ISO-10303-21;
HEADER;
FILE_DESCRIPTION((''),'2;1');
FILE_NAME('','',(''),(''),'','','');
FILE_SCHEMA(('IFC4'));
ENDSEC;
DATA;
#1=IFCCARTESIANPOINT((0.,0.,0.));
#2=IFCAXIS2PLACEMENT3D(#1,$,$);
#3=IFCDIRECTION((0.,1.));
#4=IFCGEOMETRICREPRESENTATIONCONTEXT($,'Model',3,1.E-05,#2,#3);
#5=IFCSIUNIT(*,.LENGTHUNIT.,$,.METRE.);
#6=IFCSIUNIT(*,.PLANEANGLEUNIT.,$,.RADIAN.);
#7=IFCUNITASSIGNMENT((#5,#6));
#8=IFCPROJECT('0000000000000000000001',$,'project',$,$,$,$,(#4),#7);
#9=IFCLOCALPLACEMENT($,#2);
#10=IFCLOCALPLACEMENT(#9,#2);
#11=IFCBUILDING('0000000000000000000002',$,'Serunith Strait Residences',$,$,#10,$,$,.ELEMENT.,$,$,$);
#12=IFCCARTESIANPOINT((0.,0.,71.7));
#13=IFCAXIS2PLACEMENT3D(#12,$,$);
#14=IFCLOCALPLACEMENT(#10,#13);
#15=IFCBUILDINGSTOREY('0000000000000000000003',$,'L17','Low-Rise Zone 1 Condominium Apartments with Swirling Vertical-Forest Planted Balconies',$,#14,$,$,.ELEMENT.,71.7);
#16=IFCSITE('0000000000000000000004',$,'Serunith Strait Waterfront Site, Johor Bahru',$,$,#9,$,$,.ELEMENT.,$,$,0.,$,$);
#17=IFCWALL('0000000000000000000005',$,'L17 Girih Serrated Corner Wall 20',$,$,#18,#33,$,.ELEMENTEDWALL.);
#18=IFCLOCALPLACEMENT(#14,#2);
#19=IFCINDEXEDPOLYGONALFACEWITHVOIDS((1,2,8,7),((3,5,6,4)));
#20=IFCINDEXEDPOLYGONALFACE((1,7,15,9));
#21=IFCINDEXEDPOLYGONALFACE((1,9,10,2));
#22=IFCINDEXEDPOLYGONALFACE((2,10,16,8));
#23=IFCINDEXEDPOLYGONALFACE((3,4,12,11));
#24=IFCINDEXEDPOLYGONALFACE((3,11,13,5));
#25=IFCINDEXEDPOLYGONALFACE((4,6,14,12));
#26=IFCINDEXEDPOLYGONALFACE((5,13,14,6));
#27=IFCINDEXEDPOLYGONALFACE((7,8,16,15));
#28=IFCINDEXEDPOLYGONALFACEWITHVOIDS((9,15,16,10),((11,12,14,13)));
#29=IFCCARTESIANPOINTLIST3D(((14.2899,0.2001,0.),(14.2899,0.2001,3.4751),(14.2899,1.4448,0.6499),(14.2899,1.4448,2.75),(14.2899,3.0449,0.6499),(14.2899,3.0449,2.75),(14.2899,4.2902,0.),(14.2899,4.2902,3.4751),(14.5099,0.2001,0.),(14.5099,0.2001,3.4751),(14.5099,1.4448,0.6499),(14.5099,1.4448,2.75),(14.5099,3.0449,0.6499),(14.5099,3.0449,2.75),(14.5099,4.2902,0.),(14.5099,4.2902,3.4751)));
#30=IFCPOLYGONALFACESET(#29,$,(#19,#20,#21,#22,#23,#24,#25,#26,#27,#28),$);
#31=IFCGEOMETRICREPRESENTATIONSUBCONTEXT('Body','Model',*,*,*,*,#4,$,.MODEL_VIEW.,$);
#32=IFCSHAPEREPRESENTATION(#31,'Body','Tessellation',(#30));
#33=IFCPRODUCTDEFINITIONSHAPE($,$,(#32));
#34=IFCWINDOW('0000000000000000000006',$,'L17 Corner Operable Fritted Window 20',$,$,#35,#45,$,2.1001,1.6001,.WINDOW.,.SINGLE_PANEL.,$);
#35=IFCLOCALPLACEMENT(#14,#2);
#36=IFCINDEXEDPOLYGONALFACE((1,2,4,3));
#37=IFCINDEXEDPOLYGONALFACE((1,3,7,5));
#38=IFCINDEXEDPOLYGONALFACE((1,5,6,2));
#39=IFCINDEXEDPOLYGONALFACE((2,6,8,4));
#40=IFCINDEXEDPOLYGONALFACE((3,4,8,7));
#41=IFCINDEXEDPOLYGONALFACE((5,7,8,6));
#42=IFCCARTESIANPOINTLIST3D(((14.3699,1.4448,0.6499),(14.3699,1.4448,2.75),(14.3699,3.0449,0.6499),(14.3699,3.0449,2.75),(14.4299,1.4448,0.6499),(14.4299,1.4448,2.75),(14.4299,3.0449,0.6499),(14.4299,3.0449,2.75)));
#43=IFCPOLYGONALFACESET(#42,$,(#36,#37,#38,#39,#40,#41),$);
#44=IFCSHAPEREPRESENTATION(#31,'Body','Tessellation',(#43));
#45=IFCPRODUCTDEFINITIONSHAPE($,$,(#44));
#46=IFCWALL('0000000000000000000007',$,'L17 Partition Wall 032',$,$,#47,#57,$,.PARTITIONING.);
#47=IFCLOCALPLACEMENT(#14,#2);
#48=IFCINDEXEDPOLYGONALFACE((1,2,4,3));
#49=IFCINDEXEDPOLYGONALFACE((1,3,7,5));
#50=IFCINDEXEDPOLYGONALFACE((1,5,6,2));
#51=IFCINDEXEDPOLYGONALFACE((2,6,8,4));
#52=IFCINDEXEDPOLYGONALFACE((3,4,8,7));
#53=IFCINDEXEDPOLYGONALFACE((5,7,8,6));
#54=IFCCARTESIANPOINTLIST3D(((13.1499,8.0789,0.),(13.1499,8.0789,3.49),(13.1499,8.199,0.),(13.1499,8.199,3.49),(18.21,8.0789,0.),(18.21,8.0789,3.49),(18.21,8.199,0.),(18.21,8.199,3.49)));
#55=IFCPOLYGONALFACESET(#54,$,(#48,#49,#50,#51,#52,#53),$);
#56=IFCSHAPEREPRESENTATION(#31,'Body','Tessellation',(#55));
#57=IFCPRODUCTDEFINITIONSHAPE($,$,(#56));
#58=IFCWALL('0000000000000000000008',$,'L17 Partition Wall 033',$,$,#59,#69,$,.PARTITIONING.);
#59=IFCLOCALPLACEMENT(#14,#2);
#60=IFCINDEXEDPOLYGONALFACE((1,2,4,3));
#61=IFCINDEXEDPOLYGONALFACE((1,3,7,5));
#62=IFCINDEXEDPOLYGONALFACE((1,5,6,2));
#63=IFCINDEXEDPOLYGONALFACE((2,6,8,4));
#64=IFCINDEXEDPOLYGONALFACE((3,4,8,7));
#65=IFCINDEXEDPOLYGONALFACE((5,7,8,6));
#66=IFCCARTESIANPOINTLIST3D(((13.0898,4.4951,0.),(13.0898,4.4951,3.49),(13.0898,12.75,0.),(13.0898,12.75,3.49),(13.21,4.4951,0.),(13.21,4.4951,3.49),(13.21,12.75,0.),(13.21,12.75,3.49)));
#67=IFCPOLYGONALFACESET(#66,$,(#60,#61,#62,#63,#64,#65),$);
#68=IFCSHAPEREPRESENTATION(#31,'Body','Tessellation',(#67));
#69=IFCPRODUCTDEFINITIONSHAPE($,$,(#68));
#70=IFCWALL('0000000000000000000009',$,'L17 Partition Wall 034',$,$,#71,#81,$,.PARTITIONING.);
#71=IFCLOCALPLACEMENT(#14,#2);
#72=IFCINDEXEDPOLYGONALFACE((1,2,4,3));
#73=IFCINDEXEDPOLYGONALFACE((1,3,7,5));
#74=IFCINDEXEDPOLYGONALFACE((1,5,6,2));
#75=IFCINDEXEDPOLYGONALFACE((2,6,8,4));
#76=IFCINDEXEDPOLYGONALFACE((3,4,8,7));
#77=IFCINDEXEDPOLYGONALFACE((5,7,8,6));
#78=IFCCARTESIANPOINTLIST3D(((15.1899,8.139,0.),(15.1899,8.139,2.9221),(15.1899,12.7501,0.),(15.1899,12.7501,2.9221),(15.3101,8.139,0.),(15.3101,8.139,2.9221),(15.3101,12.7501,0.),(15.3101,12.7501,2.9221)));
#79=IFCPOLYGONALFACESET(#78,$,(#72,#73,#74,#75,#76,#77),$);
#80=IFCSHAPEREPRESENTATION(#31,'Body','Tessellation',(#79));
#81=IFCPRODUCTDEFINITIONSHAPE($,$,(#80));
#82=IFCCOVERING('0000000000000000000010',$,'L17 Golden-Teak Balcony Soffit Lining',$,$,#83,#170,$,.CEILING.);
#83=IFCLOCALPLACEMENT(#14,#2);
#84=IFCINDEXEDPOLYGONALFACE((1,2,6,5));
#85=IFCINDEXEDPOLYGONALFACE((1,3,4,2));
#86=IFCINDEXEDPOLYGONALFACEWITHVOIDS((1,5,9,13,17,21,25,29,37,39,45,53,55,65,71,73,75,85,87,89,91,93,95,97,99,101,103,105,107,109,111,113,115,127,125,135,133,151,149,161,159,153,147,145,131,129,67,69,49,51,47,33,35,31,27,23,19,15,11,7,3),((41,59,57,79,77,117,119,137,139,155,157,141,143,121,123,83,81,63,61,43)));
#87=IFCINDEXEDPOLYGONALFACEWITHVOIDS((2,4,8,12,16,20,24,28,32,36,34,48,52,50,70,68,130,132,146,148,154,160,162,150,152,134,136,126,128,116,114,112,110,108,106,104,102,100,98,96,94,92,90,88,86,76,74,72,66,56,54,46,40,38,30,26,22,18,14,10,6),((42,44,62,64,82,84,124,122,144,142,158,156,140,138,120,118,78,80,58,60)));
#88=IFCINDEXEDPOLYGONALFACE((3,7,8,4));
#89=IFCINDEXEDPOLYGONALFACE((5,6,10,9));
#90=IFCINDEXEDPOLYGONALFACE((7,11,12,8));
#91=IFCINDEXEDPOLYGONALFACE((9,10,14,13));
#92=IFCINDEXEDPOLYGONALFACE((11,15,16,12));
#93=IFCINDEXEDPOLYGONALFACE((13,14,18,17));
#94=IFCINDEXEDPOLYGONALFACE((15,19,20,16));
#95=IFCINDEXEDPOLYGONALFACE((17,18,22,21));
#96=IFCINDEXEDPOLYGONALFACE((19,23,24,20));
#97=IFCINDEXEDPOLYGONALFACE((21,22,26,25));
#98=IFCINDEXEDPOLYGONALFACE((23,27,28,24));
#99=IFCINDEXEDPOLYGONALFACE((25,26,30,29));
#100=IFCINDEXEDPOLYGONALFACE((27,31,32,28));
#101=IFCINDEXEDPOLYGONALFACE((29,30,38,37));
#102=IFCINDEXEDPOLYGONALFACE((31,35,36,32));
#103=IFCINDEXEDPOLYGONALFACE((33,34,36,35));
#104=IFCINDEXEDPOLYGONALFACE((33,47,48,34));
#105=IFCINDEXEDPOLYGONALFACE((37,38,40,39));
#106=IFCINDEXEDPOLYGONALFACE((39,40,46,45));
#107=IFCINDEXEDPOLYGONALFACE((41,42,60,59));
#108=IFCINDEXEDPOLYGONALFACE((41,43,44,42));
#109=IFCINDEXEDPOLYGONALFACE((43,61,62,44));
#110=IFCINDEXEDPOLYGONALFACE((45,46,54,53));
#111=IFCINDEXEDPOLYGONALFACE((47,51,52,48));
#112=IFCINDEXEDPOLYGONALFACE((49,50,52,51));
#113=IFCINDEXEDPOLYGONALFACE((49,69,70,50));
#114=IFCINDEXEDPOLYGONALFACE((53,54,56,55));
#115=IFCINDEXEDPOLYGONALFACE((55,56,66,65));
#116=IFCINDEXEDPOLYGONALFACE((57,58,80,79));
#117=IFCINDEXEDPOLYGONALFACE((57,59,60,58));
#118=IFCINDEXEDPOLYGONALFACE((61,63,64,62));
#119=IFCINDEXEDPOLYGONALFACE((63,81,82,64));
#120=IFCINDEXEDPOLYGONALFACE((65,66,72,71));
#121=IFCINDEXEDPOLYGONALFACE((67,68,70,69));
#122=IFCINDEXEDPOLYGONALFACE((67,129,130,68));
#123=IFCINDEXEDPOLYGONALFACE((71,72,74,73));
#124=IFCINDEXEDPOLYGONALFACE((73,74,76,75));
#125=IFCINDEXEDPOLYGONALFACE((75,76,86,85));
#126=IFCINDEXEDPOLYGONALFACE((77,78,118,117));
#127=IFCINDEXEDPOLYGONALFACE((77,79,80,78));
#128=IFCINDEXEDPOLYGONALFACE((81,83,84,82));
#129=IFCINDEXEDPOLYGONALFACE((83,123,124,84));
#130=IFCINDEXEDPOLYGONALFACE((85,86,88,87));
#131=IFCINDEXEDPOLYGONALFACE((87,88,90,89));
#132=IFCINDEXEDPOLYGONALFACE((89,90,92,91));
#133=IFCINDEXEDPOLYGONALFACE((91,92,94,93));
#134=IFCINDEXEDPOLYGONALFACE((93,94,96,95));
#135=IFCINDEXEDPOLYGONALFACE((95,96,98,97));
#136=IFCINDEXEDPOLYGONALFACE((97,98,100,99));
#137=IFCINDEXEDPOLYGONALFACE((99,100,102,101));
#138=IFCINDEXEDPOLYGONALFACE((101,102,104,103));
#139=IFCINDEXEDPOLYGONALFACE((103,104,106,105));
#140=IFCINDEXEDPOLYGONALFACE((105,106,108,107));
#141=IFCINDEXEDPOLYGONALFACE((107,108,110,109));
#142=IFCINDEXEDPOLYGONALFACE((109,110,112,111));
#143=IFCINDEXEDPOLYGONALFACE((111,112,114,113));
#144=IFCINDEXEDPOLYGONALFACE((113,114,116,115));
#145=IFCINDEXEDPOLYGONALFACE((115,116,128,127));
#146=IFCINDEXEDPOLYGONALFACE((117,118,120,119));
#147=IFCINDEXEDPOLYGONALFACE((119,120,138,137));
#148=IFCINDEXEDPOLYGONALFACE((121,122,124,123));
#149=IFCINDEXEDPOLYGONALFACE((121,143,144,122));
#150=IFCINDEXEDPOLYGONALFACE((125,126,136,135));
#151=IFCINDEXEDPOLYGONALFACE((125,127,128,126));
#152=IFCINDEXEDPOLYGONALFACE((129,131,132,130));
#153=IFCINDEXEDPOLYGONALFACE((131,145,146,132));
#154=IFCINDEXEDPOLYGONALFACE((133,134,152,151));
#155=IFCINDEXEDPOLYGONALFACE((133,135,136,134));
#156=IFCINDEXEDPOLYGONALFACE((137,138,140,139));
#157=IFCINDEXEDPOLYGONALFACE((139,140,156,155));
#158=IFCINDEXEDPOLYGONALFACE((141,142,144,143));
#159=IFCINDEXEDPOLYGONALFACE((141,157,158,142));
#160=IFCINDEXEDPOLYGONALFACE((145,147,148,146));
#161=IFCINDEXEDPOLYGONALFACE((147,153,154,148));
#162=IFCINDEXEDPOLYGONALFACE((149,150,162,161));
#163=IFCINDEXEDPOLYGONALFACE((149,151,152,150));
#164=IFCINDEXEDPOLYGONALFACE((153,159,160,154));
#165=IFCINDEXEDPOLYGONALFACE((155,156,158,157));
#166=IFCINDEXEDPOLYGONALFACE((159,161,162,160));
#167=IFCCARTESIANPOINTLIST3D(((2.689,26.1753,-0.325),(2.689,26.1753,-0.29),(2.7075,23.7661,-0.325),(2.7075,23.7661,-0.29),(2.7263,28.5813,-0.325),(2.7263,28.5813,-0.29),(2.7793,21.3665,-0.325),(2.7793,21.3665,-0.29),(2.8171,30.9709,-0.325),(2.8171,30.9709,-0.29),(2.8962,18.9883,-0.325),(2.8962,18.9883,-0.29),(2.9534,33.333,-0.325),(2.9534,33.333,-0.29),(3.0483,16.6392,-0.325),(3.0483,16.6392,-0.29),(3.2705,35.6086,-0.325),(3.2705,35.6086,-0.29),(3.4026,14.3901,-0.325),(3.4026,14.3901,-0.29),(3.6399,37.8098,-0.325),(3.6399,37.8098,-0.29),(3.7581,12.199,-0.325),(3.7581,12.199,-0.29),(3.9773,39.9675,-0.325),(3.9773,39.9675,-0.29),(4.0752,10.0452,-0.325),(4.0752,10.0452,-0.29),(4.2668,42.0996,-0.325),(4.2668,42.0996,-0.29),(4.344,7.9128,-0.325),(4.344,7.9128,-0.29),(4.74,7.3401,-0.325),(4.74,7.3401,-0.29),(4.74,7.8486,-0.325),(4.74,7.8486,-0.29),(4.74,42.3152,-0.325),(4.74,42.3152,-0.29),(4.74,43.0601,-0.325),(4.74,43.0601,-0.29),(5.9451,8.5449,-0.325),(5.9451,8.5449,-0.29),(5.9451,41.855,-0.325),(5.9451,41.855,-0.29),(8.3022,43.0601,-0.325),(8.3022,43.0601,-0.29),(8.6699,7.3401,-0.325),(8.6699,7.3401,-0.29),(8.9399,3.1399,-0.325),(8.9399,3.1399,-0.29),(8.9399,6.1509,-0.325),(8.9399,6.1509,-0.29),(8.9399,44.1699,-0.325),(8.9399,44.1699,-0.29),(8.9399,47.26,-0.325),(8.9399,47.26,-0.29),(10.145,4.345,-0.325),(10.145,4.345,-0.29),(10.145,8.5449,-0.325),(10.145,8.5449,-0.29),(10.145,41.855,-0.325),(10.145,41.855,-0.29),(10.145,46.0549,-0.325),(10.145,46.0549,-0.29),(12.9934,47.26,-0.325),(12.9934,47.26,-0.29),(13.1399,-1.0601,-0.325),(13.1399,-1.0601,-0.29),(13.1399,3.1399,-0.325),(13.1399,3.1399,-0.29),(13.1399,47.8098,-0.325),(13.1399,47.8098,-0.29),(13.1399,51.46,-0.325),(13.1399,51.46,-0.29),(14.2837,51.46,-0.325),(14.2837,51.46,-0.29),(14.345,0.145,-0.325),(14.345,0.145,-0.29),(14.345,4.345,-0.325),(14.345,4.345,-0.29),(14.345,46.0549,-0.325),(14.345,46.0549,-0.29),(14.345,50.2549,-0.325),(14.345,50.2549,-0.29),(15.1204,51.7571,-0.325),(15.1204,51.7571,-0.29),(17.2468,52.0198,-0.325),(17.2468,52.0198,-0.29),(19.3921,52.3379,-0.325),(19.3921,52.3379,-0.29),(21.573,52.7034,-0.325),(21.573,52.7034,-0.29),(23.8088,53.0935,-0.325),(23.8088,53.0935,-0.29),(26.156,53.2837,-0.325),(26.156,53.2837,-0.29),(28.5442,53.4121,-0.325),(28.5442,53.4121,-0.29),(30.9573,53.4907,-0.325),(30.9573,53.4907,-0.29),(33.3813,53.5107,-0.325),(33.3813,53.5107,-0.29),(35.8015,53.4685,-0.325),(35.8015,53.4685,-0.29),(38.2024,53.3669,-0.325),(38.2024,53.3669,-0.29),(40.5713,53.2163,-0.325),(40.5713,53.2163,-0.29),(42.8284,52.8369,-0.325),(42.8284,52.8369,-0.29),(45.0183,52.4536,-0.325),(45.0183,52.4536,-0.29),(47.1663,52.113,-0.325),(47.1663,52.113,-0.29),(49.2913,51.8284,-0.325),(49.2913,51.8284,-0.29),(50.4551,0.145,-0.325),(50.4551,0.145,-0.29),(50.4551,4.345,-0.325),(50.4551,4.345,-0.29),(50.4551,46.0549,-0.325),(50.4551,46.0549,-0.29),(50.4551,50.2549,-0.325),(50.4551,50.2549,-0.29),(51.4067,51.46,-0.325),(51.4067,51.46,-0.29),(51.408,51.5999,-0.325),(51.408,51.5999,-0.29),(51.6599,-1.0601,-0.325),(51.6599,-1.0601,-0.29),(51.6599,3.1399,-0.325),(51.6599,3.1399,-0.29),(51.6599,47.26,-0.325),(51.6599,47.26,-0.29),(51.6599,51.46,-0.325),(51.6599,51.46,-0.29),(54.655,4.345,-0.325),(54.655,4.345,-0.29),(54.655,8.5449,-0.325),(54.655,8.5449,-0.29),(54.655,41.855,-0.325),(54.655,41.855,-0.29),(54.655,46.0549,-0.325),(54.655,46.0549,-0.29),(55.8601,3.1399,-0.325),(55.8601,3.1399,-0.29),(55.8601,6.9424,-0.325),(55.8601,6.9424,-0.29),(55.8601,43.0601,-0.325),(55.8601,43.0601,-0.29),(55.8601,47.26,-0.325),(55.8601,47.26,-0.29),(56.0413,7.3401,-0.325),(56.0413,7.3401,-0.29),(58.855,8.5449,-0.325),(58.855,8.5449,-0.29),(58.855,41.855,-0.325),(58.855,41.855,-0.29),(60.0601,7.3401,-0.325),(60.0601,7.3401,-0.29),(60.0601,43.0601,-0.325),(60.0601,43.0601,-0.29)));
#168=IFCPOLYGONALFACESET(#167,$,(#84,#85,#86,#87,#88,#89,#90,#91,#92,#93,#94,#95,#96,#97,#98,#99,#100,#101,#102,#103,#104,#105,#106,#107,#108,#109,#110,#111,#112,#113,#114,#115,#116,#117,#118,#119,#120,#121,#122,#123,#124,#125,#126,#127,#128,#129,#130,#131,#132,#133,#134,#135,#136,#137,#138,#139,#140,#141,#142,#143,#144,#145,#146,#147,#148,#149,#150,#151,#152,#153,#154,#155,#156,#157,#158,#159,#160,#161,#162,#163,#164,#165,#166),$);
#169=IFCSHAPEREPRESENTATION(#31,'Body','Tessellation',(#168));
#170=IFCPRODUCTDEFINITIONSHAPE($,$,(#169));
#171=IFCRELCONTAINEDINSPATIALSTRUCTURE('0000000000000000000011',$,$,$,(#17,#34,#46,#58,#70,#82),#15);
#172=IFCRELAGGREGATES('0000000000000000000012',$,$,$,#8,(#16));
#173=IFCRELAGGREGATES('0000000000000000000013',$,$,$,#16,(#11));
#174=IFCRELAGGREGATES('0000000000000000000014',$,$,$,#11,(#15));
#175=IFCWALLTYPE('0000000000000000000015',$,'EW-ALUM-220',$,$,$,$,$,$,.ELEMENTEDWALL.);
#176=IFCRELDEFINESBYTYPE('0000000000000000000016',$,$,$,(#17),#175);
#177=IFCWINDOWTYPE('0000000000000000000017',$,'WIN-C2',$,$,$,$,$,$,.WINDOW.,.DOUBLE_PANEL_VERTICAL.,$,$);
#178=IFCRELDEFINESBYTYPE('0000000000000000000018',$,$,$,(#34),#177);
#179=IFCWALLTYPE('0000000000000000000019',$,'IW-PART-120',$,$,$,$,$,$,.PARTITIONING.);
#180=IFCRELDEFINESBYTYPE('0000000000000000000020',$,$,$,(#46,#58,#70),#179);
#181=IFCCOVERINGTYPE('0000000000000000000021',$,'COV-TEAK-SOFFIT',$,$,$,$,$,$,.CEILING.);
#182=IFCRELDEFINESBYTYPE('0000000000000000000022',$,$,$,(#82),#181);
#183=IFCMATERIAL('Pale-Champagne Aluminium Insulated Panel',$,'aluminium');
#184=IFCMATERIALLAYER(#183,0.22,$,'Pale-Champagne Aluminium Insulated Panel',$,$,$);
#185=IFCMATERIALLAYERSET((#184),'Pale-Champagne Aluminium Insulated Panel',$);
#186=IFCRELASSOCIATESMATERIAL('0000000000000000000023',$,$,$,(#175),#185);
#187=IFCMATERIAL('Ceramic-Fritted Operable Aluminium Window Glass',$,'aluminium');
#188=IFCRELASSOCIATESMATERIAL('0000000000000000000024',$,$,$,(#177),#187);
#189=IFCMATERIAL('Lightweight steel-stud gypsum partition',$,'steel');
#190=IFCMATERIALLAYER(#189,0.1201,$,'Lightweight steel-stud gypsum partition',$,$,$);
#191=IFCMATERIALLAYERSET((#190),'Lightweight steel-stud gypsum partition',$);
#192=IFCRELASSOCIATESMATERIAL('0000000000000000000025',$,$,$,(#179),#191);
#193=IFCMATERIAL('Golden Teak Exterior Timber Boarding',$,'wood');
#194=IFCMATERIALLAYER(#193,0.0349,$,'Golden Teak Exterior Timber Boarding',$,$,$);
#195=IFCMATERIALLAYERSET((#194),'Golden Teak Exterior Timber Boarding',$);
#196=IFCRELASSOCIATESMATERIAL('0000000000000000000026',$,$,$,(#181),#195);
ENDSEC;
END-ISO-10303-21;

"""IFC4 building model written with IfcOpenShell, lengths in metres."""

from ifc_helpers import new_model, si_unit, direction, frame, frame_2d, origin, place, context, subcontext, project, spatial, polyline, rectangle, outline, extrude, source, transform, mapped, material, layer, layer_set, type_object, element, fill, save


model = new_model("IFC4")

# Units and contexts
model_context = context("Model", 3, precision=1e-05, world=origin(), true_north=direction((0.0, 1.0)))
body_context = subcontext(model_context, "Body", "Model", "MODEL_VIEW")
ifc_project = project(units=[si_unit("LENGTHUNIT", "METRE"), si_unit("PLANEANGLEUNIT", "RADIAN")], contexts=[model_context])

# Site, building, storey
site_placement = place(None, origin())
site = spatial("IfcSite", under=ifc_project, at=site_placement, Name="Serunith Strait Waterfront Site, Johor Bahru", CompositionType="ELEMENT", RefElevation=0.0)
building_placement = place(site_placement, origin())
building = spatial("IfcBuilding", under=site, at=building_placement, Name="Serunith Strait Residences", CompositionType="ELEMENT")
storey_placement = place(building_placement, frame((0.0, 0.0, 71.7)))
storey = spatial("IfcBuildingStorey", under=building, at=storey_placement, Name="L17", Description="Low-Rise Zone 1 Condominium Apartments with Swirling Vertical-Forest Planted Balconies", CompositionType="ELEMENT", Elevation=71.7)

# Wall, opening, window
ifc_material_1 = material(Name="Pale-Champagne Aluminium Insulated Panel", Category="aluminium")
ifc_layer_1 = layer(ifc_material_1, 0.22, Name="Pale-Champagne Aluminium Insulated Panel")
ifc_layer_set_1 = layer_set([ifc_layer_1], Name="Pale-Champagne Aluminium Insulated Panel")
wall_type_1 = type_object("IfcWallType", Name="EW-ALUM-220", PredefinedType="ELEMENTEDWALL", material=ifc_layer_set_1)
ifc_material_2 = material(Name="Ceramic-Fritted Operable Aluminium Window Glass", Category="aluminium")
window_type = type_object("IfcWindowType", Name="WIN-C2", PartitioningType="DOUBLE_PANEL_VERTICAL", PredefinedType="WINDOW", material=ifc_material_2)
shared_shape_1 = source(origin(), body_context, "Body", "SweptSolid", [
    extrude(rectangle(XDim=1.6001, YDim=2.1001, at=frame_2d((0.8, 1.05))), frame((0.0, 0.03, 0.0), z_axis=(0.0, -1.0, 0.0), x_axis=(1.0, 0.0, 0.0)), (0.0, 0.0, 1.0), 0.0601),
])
wall_1_placement = place(storey_placement, frame((14.3999, 4.29, 0.0), z_axis=(0.0, 0.0, 1.0), x_axis=(0.0, -1.0, 0.0)))
wall_1 = element("IfcWall", 1, at=wall_1_placement, inside=storey, type_object=wall_type_1, Name="L17 Girih Serrated Corner Wall 20", PredefinedType="ELEMENTEDWALL", context=body_context, shape_type="SweptSolid", body=[
    extrude(rectangle(XDim=4.0901, YDim=0.22, at=frame_2d((2.0449, 0.0))), origin(), (0.0, 0.0, 1.0), 3.4751),
])
opening_1_placement = place(wall_1_placement, frame((1.2451, 0.0, 0.6499)))
opening_1 = element("IfcOpeningElement", 2, at=opening_1_placement, cuts=wall_1, PredefinedType="OPENING", context=body_context, shape_type="SweptSolid", body=[
    extrude(rectangle(XDim=1.6001, YDim=2.1001, at=frame_2d((0.8, 1.05))), frame((0.0, 0.1201, 0.0), z_axis=(0.0, -1.0, 0.0), x_axis=(1.0, 0.0, 0.0)), (0.0, 0.0, 1.0), 0.24),
])
window_1_placement = place(opening_1_placement, origin())
window_1 = element("IfcWindow", 3, at=window_1_placement, inside=storey, type_object=window_type, Name="L17 Corner Operable Fritted Window 20", OverallHeight=2.1001, OverallWidth=1.6001, PartitioningType="SINGLE_PANEL", PredefinedType="WINDOW", context=body_context, shape_type="MappedRepresentation", body=[
    mapped(shared_shape_1, transform((0.0, 0.0, 0.0), scale=1.0)),
])
fill(opening_1, window_1)

# Walls
ifc_material_3 = material(Name="Lightweight steel-stud gypsum partition", Category="steel")
ifc_layer_2 = layer(ifc_material_3, 0.1201, Name="Lightweight steel-stud gypsum partition")
ifc_layer_set_2 = layer_set([ifc_layer_2], Name="Lightweight steel-stud gypsum partition")
wall_type_2 = type_object("IfcWallType", Name="IW-PART-120", PredefinedType="PARTITIONING", material=ifc_layer_set_2)
wall_2_placement = place(storey_placement, frame((13.1499, 8.1389, 0.0), z_axis=(0.0, 0.0, 1.0), x_axis=(1.0, 0.0, 0.0)))
element("IfcWall", 4, at=wall_2_placement, inside=storey, type_object=wall_type_2, Name="L17 Partition Wall 032", PredefinedType="PARTITIONING", context=body_context, shape_type="SweptSolid", body=[
    extrude(rectangle(XDim=5.0601, YDim=0.1201, at=frame_2d((2.53, 0.0))), origin(), (0.0, 0.0, 1.0), 3.49),
])
wall_3_placement = place(storey_placement, frame((13.1499, 4.4951, 0.0), z_axis=(0.0, 0.0, 1.0), x_axis=(0.0, 1.0, 0.0)))
element("IfcWall", 5, at=wall_3_placement, inside=storey, type_object=wall_type_2, Name="L17 Partition Wall 033", PredefinedType="PARTITIONING", context=body_context, shape_type="SweptSolid", body=[
    extrude(rectangle(XDim=8.2549, YDim=0.1201, at=frame_2d((4.1274, 0.0))), origin(), (0.0, 0.0, 1.0), 3.49),
])
wall_4_placement = place(storey_placement, frame((15.25, 8.1389, 0.0), z_axis=(0.0, 0.0, 1.0), x_axis=(0.0, 1.0, 0.0)))
element("IfcWall", 6, at=wall_4_placement, inside=storey, type_object=wall_type_2, Name="L17 Partition Wall 034", PredefinedType="PARTITIONING", context=body_context, shape_type="SweptSolid", body=[
    extrude(rectangle(XDim=4.6111, YDim=0.1201, at=frame_2d((2.3057, 0.0))), origin(), (0.0, 0.0, 1.0), 2.9221),
])

# Covering
ifc_material_4 = material(Name="Golden Teak Exterior Timber Boarding", Category="wood")
ifc_layer_3 = layer(ifc_material_4, 0.0349, Name="Golden Teak Exterior Timber Boarding")
ifc_layer_set_3 = layer_set([ifc_layer_3], Name="Golden Teak Exterior Timber Boarding")
covering_type_1 = type_object("IfcCoveringType", Name="COV-TEAK-SOFFIT", PredefinedType="CEILING", material=ifc_layer_set_3)
covering_placement = place(storey_placement, frame((0.0, 0.0, -0.325)))
element("IfcCovering", 7, at=covering_placement, inside=storey, type_object=covering_type_1, Name="L17 Golden-Teak Balcony Soffit Lining", PredefinedType="CEILING", context=body_context, shape_type="SweptSolid", body=[
    extrude(outline(polyline([(4.74, 7.8486), (4.344, 7.9128), (4.0752, 10.0452), (3.7581, 12.199), (3.4026, 14.3901), (3.0483, 16.6392), (2.8962, 18.9883), (2.7793, 21.3665), (2.7075, 23.7661), (2.689, 26.1753), (2.7263, 28.5813), (2.8171, 30.9709), (2.9534, 33.333), (3.2705, 35.6086), (3.6399, 37.8098), (3.9773, 39.9675), (4.2668, 42.0996), (4.74, 42.3152), (4.74, 43.0601), (8.3022, 43.0601), (8.9399, 44.1699), (8.9399, 47.26), (12.9934, 47.26), (13.1399, 47.8098), (13.1399, 51.46), (14.2837, 51.46), (15.1204, 51.7571), (17.2468, 52.0198), (19.3921, 52.3379), (21.573, 52.7034), (23.8088, 53.0935), (26.156, 53.2837), (28.5442, 53.4121), (30.9573, 53.4907), (33.3813, 53.5107), (35.8015, 53.4685), (38.2024, 53.3669), (40.5713, 53.2163), (42.8284, 52.8369), (45.0183, 52.4536), (47.1663, 52.113), (49.2913, 51.8284), (51.408, 51.5999), (51.4067, 51.46), (51.6599, 51.46), (51.6599, 47.26), (55.8601, 47.26), (55.8601, 43.0601), (60.0601, 43.0601), (60.0601, 7.3401), (56.0413, 7.3401), (55.8601, 6.9424), (55.8601, 3.1399), (51.6599, 3.1399), (51.6599, -1.0601), (13.1399, -1.0601), (13.1399, 3.1399), (8.9399, 3.1399), (8.9399, 6.1509), (8.6699, 7.3401), (4.74, 7.3401), (4.74, 7.8486)]), holes=[polyline([(50.4551, 0.145), (50.4551, 4.345), (54.655, 4.345), (54.655, 8.5449), (58.855, 8.5449), (58.855, 41.855), (54.655, 41.855), (54.655, 46.0549), (50.4551, 46.0549), (50.4551, 50.2549), (14.345, 50.2549), (14.345, 46.0549), (10.145, 46.0549), (10.145, 41.855), (5.9451, 41.855), (5.9451, 8.5449), (10.145, 8.5449), (10.145, 4.345), (14.345, 4.345), (14.345, 0.145), (50.4551, 0.145)])]), origin(), (0.0, 0.0, 1.0), 0.0349),
])

save(model, "model.ifc")
